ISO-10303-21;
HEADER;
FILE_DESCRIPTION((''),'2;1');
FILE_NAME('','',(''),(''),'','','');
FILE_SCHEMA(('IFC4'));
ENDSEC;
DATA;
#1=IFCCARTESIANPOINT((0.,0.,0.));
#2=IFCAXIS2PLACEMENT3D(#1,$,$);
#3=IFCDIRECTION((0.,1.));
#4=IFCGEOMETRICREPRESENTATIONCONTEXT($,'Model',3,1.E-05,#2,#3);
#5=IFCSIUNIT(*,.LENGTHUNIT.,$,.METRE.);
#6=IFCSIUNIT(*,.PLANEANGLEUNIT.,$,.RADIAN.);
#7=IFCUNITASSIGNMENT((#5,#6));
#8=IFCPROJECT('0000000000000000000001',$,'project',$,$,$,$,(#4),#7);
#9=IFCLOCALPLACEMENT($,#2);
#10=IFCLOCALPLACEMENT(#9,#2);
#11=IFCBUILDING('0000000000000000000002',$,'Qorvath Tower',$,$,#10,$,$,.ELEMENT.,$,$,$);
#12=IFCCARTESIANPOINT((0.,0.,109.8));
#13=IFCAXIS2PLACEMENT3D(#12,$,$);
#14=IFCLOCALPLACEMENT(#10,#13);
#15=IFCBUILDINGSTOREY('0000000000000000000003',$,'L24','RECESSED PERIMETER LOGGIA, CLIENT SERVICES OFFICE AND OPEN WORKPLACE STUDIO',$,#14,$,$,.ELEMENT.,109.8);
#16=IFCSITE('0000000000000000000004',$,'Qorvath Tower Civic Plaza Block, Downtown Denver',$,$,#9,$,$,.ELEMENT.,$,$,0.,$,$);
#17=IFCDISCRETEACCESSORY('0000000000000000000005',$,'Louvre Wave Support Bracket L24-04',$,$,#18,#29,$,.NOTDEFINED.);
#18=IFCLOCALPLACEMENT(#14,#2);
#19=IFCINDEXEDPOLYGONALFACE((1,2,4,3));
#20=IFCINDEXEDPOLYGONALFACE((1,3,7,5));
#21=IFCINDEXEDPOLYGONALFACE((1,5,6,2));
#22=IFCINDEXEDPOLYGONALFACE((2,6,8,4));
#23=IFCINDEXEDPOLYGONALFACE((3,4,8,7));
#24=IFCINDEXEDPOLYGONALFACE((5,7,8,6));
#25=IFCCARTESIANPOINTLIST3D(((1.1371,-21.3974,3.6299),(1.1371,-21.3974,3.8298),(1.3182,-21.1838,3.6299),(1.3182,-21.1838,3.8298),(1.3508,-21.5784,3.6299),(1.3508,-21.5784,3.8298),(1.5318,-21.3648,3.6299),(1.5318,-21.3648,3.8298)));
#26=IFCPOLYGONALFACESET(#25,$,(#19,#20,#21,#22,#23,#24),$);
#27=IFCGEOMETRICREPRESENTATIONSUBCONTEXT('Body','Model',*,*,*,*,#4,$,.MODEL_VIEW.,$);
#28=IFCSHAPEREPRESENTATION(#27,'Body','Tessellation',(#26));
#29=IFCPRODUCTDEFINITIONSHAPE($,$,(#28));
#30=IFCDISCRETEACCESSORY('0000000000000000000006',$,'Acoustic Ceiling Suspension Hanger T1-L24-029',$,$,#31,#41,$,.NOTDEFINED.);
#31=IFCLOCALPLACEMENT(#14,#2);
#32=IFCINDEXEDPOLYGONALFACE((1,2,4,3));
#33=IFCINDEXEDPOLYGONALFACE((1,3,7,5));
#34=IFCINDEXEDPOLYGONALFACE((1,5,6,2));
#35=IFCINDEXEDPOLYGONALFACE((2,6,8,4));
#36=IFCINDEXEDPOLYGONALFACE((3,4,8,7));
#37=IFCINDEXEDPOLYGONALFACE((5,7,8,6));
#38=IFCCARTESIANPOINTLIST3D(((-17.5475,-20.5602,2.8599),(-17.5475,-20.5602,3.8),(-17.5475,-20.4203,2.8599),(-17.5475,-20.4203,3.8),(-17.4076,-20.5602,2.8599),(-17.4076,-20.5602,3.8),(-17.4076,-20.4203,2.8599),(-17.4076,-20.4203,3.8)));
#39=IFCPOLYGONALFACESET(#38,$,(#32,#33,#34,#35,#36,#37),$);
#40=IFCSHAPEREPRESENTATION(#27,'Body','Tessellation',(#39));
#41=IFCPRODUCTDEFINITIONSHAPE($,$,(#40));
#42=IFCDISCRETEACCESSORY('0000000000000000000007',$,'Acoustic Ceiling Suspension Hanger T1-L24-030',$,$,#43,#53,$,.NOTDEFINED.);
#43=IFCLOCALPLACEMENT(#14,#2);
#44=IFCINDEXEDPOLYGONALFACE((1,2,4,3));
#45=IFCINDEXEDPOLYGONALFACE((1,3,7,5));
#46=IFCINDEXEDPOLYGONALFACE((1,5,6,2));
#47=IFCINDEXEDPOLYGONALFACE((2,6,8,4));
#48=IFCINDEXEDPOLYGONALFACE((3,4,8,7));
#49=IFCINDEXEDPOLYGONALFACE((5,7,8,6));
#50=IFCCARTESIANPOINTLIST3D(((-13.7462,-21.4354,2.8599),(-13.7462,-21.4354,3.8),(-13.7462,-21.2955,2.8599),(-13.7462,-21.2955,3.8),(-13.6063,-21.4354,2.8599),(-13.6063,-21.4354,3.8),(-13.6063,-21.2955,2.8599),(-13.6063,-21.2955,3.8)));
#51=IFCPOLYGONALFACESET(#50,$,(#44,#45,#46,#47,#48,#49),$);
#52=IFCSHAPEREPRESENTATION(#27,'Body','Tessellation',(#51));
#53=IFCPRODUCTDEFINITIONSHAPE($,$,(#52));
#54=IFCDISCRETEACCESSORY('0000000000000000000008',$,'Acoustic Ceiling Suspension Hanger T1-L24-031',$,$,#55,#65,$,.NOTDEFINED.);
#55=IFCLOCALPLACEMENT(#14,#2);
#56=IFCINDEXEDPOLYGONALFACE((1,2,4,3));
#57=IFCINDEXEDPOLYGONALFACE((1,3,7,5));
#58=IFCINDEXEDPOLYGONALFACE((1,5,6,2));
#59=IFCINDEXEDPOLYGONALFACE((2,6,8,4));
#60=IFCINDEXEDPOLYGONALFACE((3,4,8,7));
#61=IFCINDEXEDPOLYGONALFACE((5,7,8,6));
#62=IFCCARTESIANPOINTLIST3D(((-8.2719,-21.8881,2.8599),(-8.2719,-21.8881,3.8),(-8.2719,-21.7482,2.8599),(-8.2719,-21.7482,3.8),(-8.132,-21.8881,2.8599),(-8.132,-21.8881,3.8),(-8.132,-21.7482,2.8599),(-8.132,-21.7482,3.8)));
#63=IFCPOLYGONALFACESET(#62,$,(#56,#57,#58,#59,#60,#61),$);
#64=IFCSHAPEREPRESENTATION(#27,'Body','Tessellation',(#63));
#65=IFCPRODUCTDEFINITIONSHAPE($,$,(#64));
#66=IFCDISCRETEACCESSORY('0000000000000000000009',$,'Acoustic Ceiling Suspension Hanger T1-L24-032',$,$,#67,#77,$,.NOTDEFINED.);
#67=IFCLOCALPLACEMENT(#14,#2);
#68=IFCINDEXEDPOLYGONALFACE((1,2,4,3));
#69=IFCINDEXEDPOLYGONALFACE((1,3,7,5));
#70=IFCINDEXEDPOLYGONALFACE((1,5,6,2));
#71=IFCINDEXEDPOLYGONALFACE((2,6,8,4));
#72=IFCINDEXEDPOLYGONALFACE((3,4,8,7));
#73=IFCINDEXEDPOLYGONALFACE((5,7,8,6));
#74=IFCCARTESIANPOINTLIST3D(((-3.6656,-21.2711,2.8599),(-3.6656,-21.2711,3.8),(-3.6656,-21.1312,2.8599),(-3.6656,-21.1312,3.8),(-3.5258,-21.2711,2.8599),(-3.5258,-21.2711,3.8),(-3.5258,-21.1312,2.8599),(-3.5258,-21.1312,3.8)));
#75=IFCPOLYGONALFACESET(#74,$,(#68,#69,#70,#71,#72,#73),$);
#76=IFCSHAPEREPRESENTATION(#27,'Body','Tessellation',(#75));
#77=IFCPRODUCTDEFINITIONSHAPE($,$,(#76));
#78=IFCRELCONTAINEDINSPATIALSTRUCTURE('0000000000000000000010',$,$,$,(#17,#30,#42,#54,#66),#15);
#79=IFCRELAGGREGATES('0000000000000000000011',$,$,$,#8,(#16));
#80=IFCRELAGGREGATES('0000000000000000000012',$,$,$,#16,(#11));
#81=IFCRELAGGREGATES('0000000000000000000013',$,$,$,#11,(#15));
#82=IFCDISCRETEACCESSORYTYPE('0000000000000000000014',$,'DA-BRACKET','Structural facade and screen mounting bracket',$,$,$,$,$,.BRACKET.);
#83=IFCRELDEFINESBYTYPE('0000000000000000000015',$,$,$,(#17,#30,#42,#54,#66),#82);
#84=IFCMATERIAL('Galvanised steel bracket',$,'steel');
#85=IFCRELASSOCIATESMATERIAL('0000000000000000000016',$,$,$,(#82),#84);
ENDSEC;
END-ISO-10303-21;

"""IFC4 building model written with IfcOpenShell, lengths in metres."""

from ifc_helpers import new_model, si_unit, direction, frame, origin, origin_2d, place, context, subcontext, project, spatial, rectangle, extrude, material, type_object, element, save


model = new_model("IFC4")

# Units and contexts
model_context = context("Model", 3, precision=1e-05, world=origin(), true_north=direction((0.0, 1.0)))
body_context = subcontext(model_context, "Body", "Model", "MODEL_VIEW")
ifc_project = project(units=[si_unit("LENGTHUNIT", "METRE"), si_unit("PLANEANGLEUNIT", "RADIAN")], contexts=[model_context])

# Site, building, storey
site_placement = place(None, origin())
site = spatial("IfcSite", under=ifc_project, at=site_placement, Name="Qorvath Tower Civic Plaza Block, Downtown Denver", CompositionType="ELEMENT", RefElevation=0.0)
building_placement = place(site_placement, origin())
building = spatial("IfcBuilding", under=site, at=building_placement, Name="Qorvath Tower", CompositionType="ELEMENT")
storey_placement = place(building_placement, frame((0.0, 0.0, 109.8)))
storey = spatial("IfcBuildingStorey", under=building, at=storey_placement, Name="L24", Description="RECESSED PERIMETER LOGGIA, CLIENT SERVICES OFFICE AND OPEN WORKPLACE STUDIO", CompositionType="ELEMENT", Elevation=109.8)

# Discrete accessories
ifc_material_1 = material(Name="Galvanised steel bracket", Category="steel")
discrete_accessory_type = type_object("IfcDiscreteAccessoryType", Name="DA-BRACKET", Description="Structural facade and screen mounting bracket", PredefinedType="BRACKET", material=ifc_material_1)
for number, where, z_axis, x_axis, name in (
    (1, (1.3345, -21.3811, 3.6299), (0.0, 0.0, 1.0), (0.646514, 0.762902, 0.0), "Louvre Wave Support Bracket L24-04"),
):
    element("IfcDiscreteAccessory", number, at=place(storey_placement, frame(where, z_axis=z_axis, x_axis=x_axis)), inside=storey, type_object=discrete_accessory_type, Name=name, PredefinedType="NOTDEFINED", context=body_context, shape_type="SweptSolid", body=[
        extrude(rectangle(XDim=0.28, YDim=0.28, at=origin_2d()), origin(), (0.0, 0.0, 1.0), 0.2),
    ])
for number, where, z_axis, x_axis, name in (
    (2, (-17.4775, -20.4902, 2.8599), (0.0, 0.0, 1.0), (1.0, 0.0, 0.0), "Acoustic Ceiling Suspension Hanger T1-L24-029"),
    (3, (-13.6763, -21.3655, 2.8599), (0.0, 0.0, 1.0), (1.0, 0.0, 0.0), "Acoustic Ceiling Suspension Hanger T1-L24-030"),
    (4, (-8.2019, -21.8181, 2.8599), (0.0, 0.0, 1.0), (1.0, 0.0, 0.0), "Acoustic Ceiling Suspension Hanger T1-L24-031"),
    (5, (-3.5957, -21.2012, 2.8599), (0.0, 0.0, 1.0), (1.0, 0.0, 0.0), "Acoustic Ceiling Suspension Hanger T1-L24-032"),
):
    element("IfcDiscreteAccessory", number, at=place(storey_placement, frame(where, z_axis=z_axis, x_axis=x_axis)), inside=storey, type_object=discrete_accessory_type, Name=name, PredefinedType="NOTDEFINED", context=body_context, shape_type="SweptSolid", body=[
        extrude(rectangle(XDim=0.1399, YDim=0.1399, at=origin_2d()), origin(), (0.0, 0.0, 1.0), 0.9402),
    ])

save(model, "model.ifc")
